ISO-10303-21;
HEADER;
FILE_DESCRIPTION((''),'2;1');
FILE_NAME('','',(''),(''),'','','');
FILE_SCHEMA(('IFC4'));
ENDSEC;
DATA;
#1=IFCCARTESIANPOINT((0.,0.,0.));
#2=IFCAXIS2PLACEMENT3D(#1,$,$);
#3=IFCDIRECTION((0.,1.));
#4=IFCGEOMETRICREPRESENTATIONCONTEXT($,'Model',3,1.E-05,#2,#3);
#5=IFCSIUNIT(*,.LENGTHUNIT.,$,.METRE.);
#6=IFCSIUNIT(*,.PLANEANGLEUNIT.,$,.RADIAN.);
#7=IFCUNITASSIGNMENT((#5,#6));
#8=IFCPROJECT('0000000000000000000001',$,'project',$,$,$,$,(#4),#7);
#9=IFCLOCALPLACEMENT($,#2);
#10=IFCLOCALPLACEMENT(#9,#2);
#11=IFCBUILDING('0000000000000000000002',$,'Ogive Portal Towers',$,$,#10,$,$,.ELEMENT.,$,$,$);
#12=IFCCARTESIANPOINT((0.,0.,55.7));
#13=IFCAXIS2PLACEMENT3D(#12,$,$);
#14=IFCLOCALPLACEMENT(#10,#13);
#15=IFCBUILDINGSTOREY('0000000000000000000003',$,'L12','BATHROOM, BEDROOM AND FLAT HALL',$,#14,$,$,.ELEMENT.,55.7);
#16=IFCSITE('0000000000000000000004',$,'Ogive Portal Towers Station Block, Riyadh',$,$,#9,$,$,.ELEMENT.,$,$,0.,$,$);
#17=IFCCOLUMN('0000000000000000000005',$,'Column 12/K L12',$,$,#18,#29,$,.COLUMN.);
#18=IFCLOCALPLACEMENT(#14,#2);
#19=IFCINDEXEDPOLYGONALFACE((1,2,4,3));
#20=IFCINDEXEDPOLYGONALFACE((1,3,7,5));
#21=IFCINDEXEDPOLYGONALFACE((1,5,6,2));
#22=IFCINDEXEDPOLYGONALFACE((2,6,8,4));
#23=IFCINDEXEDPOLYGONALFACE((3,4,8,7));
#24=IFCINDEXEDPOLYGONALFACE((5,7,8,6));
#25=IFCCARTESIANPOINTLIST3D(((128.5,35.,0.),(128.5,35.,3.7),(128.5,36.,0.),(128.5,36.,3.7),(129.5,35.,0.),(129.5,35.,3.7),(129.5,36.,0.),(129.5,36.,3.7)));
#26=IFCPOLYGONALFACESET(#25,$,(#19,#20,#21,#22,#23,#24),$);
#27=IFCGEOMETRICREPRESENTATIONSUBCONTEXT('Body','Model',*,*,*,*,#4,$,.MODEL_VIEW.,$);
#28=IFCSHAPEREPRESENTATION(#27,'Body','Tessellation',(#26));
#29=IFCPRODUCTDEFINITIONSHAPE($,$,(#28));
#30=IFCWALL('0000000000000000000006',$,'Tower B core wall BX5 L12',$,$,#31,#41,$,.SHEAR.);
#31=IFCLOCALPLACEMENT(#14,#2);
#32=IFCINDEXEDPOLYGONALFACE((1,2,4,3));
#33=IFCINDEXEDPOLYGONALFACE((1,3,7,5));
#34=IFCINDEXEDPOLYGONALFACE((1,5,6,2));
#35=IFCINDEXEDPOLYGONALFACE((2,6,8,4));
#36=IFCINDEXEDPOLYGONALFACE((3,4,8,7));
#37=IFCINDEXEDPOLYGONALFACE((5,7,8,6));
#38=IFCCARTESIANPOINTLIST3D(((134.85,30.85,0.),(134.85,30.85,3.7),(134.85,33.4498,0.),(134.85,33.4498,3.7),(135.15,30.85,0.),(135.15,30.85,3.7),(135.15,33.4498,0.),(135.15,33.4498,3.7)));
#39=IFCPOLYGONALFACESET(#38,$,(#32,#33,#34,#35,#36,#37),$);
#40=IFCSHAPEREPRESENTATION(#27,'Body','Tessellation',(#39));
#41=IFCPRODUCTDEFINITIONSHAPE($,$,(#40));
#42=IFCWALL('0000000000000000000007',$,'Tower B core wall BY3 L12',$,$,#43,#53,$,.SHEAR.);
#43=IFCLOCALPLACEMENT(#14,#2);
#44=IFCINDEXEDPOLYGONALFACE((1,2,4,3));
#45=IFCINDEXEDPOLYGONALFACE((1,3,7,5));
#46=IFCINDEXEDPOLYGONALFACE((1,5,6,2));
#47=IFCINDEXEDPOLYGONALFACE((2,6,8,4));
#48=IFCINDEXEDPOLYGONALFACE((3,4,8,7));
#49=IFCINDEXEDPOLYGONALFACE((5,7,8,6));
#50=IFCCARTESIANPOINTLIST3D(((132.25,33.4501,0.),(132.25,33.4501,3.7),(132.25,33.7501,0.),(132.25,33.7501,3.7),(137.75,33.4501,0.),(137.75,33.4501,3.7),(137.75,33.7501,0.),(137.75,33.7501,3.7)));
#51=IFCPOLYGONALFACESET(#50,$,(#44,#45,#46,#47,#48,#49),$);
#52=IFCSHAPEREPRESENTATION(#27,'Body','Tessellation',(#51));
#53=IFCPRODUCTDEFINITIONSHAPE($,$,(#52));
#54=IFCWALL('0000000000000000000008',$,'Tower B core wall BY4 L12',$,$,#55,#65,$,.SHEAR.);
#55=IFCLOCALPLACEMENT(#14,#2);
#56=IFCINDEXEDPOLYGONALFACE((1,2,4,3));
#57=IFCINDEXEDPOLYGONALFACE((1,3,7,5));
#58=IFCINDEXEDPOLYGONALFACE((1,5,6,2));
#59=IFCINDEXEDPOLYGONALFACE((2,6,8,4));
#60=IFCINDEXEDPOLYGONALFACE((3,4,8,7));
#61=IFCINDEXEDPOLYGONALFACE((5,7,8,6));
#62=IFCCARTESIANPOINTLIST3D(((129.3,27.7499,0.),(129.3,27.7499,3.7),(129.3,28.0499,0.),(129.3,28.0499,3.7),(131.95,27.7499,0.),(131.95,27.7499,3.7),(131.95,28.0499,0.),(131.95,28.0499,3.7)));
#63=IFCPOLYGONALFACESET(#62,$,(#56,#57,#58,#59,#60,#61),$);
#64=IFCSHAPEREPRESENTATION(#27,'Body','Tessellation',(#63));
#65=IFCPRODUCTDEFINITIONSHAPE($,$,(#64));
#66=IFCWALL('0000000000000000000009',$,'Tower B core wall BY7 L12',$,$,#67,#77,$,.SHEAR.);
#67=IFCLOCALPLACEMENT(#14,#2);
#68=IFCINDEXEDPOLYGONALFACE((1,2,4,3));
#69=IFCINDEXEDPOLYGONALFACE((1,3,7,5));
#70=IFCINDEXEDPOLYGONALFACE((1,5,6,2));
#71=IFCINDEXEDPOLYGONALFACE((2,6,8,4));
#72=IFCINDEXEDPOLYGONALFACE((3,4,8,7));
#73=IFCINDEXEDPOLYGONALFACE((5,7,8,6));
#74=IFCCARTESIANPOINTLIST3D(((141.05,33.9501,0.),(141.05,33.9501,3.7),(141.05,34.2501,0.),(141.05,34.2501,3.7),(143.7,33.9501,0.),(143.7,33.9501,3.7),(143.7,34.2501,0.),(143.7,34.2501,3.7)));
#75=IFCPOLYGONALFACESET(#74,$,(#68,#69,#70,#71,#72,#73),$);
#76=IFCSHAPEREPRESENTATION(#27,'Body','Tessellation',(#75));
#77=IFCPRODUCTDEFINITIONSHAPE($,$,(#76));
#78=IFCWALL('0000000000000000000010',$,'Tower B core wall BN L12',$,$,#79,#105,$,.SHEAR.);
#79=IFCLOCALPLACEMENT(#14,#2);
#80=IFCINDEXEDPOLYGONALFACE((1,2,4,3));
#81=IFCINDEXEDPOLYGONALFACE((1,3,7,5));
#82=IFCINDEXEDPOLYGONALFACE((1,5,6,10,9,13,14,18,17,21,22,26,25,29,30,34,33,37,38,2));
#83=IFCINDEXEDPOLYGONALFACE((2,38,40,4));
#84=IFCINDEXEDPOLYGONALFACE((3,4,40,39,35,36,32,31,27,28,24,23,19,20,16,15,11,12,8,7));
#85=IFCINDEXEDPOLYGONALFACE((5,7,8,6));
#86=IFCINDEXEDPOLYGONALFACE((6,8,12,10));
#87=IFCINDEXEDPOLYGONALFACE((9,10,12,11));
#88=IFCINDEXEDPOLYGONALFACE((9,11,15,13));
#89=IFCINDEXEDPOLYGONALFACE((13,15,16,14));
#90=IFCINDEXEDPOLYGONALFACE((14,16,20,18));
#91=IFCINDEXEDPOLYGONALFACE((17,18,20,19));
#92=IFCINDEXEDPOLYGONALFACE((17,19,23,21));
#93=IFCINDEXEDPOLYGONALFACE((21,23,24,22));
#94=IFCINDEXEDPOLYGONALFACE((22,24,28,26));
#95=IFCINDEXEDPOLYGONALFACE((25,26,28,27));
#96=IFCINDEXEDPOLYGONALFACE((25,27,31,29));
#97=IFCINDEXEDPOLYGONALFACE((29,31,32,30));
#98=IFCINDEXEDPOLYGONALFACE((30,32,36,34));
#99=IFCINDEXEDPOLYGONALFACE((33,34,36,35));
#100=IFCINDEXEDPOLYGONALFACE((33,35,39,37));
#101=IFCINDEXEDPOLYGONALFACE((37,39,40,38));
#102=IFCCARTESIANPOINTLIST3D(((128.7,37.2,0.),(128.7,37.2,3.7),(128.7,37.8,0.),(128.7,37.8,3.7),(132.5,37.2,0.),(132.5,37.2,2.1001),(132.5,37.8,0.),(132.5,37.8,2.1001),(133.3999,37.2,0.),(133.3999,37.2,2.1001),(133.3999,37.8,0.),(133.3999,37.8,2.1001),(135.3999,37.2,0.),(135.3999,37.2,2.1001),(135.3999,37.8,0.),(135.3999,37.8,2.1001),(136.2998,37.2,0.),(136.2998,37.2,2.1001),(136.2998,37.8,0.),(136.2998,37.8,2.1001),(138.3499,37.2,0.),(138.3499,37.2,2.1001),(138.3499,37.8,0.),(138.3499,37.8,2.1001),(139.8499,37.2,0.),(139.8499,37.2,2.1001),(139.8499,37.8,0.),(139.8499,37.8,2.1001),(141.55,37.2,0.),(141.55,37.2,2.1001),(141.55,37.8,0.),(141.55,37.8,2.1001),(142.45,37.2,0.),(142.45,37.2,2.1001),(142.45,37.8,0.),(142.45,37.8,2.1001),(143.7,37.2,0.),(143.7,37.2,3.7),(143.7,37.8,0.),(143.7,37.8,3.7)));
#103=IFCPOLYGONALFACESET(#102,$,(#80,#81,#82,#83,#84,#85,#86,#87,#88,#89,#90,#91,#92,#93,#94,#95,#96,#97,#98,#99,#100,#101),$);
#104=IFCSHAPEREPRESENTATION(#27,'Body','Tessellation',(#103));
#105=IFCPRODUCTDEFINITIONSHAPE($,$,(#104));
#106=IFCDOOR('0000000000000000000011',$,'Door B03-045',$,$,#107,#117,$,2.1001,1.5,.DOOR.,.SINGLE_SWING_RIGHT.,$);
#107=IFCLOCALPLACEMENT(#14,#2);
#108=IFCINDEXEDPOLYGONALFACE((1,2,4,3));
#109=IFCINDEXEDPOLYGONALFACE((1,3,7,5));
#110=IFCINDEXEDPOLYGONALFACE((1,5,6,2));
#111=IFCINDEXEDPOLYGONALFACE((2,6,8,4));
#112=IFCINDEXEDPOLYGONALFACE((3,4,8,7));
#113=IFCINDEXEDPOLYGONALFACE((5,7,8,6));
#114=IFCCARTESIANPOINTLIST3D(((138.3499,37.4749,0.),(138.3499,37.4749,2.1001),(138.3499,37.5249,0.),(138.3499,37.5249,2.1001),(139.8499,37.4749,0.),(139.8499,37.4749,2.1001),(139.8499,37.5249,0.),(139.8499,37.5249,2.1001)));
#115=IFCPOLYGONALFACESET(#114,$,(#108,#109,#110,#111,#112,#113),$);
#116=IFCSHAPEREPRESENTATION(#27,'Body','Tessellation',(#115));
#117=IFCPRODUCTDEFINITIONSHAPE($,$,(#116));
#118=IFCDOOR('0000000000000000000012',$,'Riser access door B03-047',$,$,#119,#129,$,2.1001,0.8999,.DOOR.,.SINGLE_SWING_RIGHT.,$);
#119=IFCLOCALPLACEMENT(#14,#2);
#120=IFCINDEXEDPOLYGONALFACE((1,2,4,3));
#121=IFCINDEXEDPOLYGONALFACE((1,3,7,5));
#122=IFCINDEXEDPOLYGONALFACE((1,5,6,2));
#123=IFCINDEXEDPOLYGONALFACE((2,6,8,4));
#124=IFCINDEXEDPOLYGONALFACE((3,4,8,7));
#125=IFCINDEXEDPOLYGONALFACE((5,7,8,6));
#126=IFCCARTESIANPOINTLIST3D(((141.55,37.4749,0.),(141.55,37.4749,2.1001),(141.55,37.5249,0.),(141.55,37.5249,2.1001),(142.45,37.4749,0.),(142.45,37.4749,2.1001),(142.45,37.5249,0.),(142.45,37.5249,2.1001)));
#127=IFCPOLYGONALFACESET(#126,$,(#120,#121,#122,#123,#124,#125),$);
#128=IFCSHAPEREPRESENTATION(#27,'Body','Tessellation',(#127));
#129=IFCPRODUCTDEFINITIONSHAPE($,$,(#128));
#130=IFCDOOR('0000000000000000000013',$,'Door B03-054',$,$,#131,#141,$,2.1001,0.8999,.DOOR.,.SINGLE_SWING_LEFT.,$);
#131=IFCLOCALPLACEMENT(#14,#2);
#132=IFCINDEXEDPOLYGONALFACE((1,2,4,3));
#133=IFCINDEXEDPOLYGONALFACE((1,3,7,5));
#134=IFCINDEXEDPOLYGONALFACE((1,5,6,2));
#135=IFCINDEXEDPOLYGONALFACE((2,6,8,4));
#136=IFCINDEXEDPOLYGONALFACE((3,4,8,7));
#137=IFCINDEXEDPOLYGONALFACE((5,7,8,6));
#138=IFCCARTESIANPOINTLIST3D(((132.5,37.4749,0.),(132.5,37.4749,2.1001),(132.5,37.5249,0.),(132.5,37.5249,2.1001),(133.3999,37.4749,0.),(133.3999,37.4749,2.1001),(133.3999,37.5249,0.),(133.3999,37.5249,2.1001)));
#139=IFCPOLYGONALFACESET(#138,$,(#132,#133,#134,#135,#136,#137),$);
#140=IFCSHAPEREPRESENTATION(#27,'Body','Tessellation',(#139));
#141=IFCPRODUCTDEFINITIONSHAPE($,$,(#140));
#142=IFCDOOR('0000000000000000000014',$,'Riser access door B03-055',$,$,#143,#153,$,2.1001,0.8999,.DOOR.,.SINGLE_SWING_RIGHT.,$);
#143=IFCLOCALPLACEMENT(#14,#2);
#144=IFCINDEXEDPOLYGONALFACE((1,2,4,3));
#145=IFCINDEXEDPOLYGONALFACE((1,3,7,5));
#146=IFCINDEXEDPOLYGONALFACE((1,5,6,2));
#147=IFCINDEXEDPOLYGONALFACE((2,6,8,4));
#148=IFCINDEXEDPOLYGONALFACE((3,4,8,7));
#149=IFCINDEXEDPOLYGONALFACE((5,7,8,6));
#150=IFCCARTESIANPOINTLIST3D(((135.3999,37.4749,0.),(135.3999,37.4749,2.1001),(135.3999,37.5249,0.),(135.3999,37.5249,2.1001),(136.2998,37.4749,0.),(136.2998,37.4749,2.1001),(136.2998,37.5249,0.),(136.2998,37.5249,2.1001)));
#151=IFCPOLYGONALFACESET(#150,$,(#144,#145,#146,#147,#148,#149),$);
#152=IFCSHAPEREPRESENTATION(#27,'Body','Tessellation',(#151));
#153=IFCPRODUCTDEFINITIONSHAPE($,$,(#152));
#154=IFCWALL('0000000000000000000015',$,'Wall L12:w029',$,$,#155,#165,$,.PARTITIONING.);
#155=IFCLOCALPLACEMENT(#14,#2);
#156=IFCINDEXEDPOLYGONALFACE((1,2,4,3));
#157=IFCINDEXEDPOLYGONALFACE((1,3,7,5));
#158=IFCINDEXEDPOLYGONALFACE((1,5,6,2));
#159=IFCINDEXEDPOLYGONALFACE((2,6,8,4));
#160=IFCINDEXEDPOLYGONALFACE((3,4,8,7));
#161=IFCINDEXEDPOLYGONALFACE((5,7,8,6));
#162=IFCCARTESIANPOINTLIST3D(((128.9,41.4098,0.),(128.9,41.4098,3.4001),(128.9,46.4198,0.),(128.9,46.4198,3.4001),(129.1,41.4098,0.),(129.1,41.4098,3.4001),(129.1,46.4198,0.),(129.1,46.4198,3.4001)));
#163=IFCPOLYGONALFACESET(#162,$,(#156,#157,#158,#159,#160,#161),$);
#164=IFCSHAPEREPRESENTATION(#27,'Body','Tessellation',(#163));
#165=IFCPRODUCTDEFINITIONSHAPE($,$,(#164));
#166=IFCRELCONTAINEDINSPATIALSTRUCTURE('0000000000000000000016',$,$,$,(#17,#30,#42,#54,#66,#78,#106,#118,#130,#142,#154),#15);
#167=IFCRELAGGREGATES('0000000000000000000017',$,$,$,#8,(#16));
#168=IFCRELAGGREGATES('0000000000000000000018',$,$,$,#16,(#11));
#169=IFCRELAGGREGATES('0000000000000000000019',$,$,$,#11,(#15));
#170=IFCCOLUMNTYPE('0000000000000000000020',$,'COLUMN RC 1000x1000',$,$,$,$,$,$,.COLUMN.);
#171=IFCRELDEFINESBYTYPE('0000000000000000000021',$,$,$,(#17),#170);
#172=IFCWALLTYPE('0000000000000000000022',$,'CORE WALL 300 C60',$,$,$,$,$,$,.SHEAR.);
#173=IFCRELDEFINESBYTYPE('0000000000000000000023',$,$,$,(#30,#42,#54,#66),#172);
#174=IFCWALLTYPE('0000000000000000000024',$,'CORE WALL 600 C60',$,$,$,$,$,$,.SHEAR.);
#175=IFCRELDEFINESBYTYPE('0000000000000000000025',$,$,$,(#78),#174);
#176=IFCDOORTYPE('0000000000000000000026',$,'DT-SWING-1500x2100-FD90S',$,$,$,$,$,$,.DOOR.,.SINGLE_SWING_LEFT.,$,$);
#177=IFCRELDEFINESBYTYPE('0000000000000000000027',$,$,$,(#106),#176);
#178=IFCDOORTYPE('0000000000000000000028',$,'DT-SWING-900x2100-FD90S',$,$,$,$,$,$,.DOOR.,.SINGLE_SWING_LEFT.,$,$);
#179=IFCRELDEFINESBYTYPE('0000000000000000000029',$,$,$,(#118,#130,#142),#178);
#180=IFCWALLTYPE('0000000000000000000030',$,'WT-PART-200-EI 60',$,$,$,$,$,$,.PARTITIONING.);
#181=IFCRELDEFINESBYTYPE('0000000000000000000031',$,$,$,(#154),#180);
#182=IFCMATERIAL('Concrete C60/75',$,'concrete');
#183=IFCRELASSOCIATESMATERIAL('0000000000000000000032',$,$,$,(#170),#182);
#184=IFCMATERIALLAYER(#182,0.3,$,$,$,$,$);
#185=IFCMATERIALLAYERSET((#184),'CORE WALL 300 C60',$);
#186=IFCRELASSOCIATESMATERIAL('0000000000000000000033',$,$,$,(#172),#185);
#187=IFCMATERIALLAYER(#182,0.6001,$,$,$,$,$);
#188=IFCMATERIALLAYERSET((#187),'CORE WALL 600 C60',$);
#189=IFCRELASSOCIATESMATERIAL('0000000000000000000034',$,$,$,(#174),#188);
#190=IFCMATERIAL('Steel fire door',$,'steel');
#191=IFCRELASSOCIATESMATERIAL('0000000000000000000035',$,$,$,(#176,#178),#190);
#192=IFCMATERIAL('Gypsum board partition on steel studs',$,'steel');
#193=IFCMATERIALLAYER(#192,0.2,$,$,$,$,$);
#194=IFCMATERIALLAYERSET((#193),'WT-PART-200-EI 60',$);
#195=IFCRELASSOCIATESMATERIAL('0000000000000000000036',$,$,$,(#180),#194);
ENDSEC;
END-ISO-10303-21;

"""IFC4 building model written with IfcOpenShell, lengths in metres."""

from ifc_helpers import new_model, si_unit, direction, frame, frame_2d, origin, origin_2d, place, context, subcontext, project, spatial, rectangle, extrude, material, layer, layer_set, material_profile, profile_set, type_object, element, fill, save


model = new_model("IFC4")

# Units and contexts
model_context = context("Model", 3, precision=1e-05, world=origin(), true_north=direction((0.0, 1.0)))
body_context = subcontext(model_context, "Body", "Model", "MODEL_VIEW")
ifc_project = project(units=[si_unit("LENGTHUNIT", "METRE"), si_unit("PLANEANGLEUNIT", "RADIAN")], contexts=[model_context])

# Site, building, storey
site_placement = place(None, origin())
site = spatial("IfcSite", under=ifc_project, at=site_placement, Name="Ogive Portal Towers Station Block, Riyadh", CompositionType="ELEMENT", RefElevation=0.0)
building_placement = place(site_placement, origin())
building = spatial("IfcBuilding", under=site, at=building_placement, Name="Ogive Portal Towers", CompositionType="ELEMENT")
storey_placement = place(building_placement, frame((0.0, 0.0, 55.7)))
storey = spatial("IfcBuildingStorey", under=building, at=storey_placement, Name="L12", Description="BATHROOM, BEDROOM AND FLAT HALL", CompositionType="ELEMENT", Elevation=55.7)

# Column
ifc_material_1 = material(Name="Concrete C60/75", Category="concrete")
ifc_material_profile = material_profile(ifc_material_1, rectangle(XDim=1.0, YDim=1.0, at=origin_2d()), Name="RC 1000x1000")
ifc_profile_set = profile_set([ifc_material_profile], Name="Concrete C60/75")
column_type = type_object("IfcColumnType", Name="COLUMN RC 1000x1000", PredefinedType="COLUMN", material=ifc_profile_set)
column_placement = place(storey_placement, frame((129.0, 35.5, 0.0), z_axis=(0.0, 0.0, 1.0), x_axis=(1.0, 0.0, 0.0)))
element("IfcColumn", 1, at=column_placement, inside=storey, type_object=column_type, Name="Column 12/K L12", PredefinedType="COLUMN", context=body_context, shape_type="SweptSolid", body=[
    extrude(rectangle(XDim=1.0, YDim=1.0, at=origin_2d()), origin(), (0.0, 0.0, 1.0), 3.7),
])

# Wall
ifc_layer_1 = layer(ifc_material_1, 0.3)
ifc_layer_set_1 = layer_set([ifc_layer_1], Name="CORE WALL 300 C60")
wall_type_1 = type_object("IfcWallType", Name="CORE WALL 300 C60", PredefinedType="SHEAR", material=ifc_layer_set_1)
wall_1_placement = place(storey_placement, frame((135.0, 30.8501, 0.0), z_axis=(0.0, 0.0, 1.0), x_axis=(0.0, 1.0, 0.0)))
element("IfcWall", 2, at=wall_1_placement, inside=storey, type_object=wall_type_1, Name="Tower B core wall BX5 L12", PredefinedType="SHEAR", context=body_context, shape_type="SweptSolid", body=[
    extrude(rectangle(XDim=2.5999, YDim=0.3, at=frame_2d((1.2998, 0.0))), origin(), (0.0, 0.0, 1.0), 3.7),
])

# Walls
wall_2_placement = place(storey_placement, frame((132.25, 33.6001, 0.0), z_axis=(0.0, 0.0, 1.0), x_axis=(1.0, 0.0, 0.0)))
element("IfcWall", 3, at=wall_2_placement, inside=storey, type_object=wall_type_1, Name="Tower B core wall BY3 L12", PredefinedType="SHEAR", context=body_context, shape_type="SweptSolid", body=[
    extrude(rectangle(XDim=5.5, YDim=0.3, at=frame_2d((2.75, 0.0))), origin(), (0.0, 0.0, 1.0), 3.7),
])
wall_3_placement = place(storey_placement, frame((129.3, 27.8999, 0.0), z_axis=(0.0, 0.0, 1.0), x_axis=(1.0, 0.0, 0.0)))
element("IfcWall", 4, at=wall_3_placement, inside=storey, type_object=wall_type_1, Name="Tower B core wall BY4 L12", PredefinedType="SHEAR", context=body_context, shape_type="SweptSolid", body=[
    extrude(rectangle(XDim=2.6499, YDim=0.3, at=frame_2d((1.325, 0.0))), origin(), (0.0, 0.0, 1.0), 3.7),
])

# Wall
wall_4_placement = place(storey_placement, frame((141.05, 34.1001, 0.0), z_axis=(0.0, 0.0, 1.0), x_axis=(1.0, 0.0, 0.0)))
element("IfcWall", 5, at=wall_4_placement, inside=storey, type_object=wall_type_1, Name="Tower B core wall BY7 L12", PredefinedType="SHEAR", context=body_context, shape_type="SweptSolid", body=[
    extrude(rectangle(XDim=2.6499, YDim=0.3, at=frame_2d((1.325, 0.0))), origin(), (0.0, 0.0, 1.0), 3.7),
])

# Wall, openings, doors
ifc_layer_2 = layer(ifc_material_1, 0.6001)
ifc_layer_set_2 = layer_set([ifc_layer_2], Name="CORE WALL 600 C60")
wall_type_2 = type_object("IfcWallType", Name="CORE WALL 600 C60", PredefinedType="SHEAR", material=ifc_layer_set_2)
wall_5_placement = place(storey_placement, frame((128.7, 37.5, 0.0), z_axis=(0.0, 0.0, 1.0), x_axis=(1.0, 0.0, 0.0)))
wall_5 = element("IfcWall", 6, at=wall_5_placement, inside=storey, type_object=wall_type_2, Name="Tower B core wall BN L12", PredefinedType="SHEAR", context=body_context, shape_type="SweptSolid", body=[
    extrude(rectangle(XDim=15.0, YDim=0.6001, at=frame_2d((7.5, 0.0))), origin(), (0.0, 0.0, 1.0), 3.7),
])
opening_1_placement = place(wall_5_placement, frame((9.6499, 0.0, 0.0)))
opening_1 = element("IfcOpeningElement", 7, at=opening_1_placement, cuts=wall_5, PredefinedType="OPENING", context=body_context, shape_type="SweptSolid", body=[
    extrude(rectangle(XDim=1.5, YDim=2.1001, at=frame_2d((0.75, 1.05))), frame((0.0, 0.3101, 0.0), z_axis=(0.0, -1.0, 0.0), x_axis=(1.0, 0.0, 0.0)), (0.0, 0.0, 1.0), 0.6201),
])
opening_2_placement = place(wall_5_placement, frame((12.8501, 0.0, 0.0)))
opening_2 = element("IfcOpeningElement", 8, at=opening_2_placement, cuts=wall_5, PredefinedType="OPENING", context=body_context, shape_type="SweptSolid", body=[
    extrude(rectangle(XDim=0.8999, YDim=2.1001, at=frame_2d((0.45, 1.05))), frame((0.0, 0.3101, 0.0), z_axis=(0.0, -1.0, 0.0), x_axis=(1.0, 0.0, 0.0)), (0.0, 0.0, 1.0), 0.6201),
])
opening_3_placement = place(wall_5_placement, frame((3.8, 0.0, 0.0)))
opening_3 = element("IfcOpeningElement", 9, at=opening_3_placement, cuts=wall_5, PredefinedType="OPENING", context=body_context, shape_type="SweptSolid", body=[
    extrude(rectangle(XDim=0.8999, YDim=2.1001, at=frame_2d((0.45, 1.05))), frame((0.0, 0.3101, 0.0), z_axis=(0.0, -1.0, 0.0), x_axis=(1.0, 0.0, 0.0)), (0.0, 0.0, 1.0), 0.6201),
])
opening_4_placement = place(wall_5_placement, frame((6.7, 0.0, 0.0)))
opening_4 = element("IfcOpeningElement", 10, at=opening_4_placement, cuts=wall_5, PredefinedType="OPENING", context=body_context, shape_type="SweptSolid", body=[
    extrude(rectangle(XDim=0.8999, YDim=2.1001, at=frame_2d((0.45, 1.05))), frame((0.0, 0.3101, 0.0), z_axis=(0.0, -1.0, 0.0), x_axis=(1.0, 0.0, 0.0)), (0.0, 0.0, 1.0), 0.6201),
])
ifc_material_2 = material(Name="Steel fire door", Category="steel")
door_type_1 = type_object("IfcDoorType", Name="DT-SWING-1500x2100-FD90S", OperationType="SINGLE_SWING_LEFT", PredefinedType="DOOR", material=ifc_material_2)
door_1_placement = place(opening_1_placement, origin())
door_1 = element("IfcDoor", 11, at=door_1_placement, inside=storey, type_object=door_type_1, Name="Door B03-045", OperationType="SINGLE_SWING_RIGHT", OverallHeight=2.1001, OverallWidth=1.5, PredefinedType="DOOR", context=body_context, shape_type="SweptSolid", body=[
    extrude(rectangle(XDim=1.5, YDim=2.1001, at=frame_2d((0.75, 1.05))), frame((0.0, 0.0249, 0.0), z_axis=(0.0, -1.0, 0.0), x_axis=(1.0, 0.0, 0.0)), (0.0, 0.0, 1.0), 0.05),
])
fill(opening_1, door_1)
door_type_2 = type_object("IfcDoorType", Name="DT-SWING-900x2100-FD90S", OperationType="SINGLE_SWING_LEFT", PredefinedType="DOOR", material=ifc_material_2)
door_2_placement = place(opening_2_placement, origin())
door_2 = element("IfcDoor", 12, at=door_2_placement, inside=storey, type_object=door_type_2, Name="Riser access door B03-047", OperationType="SINGLE_SWING_RIGHT", OverallHeight=2.1001, OverallWidth=0.8999, PredefinedType="DOOR", context=body_context, shape_type="SweptSolid", body=[
    extrude(rectangle(XDim=0.8999, YDim=2.1001, at=frame_2d((0.45, 1.05))), frame((0.0, 0.0249, 0.0), z_axis=(0.0, -1.0, 0.0), x_axis=(1.0, 0.0, 0.0)), (0.0, 0.0, 1.0), 0.05),
])
fill(opening_2, door_2)
door_3_placement = place(opening_3_placement, origin())
door_3 = element("IfcDoor", 13, at=door_3_placement, inside=storey, type_object=door_type_2, Name="Door B03-054", OperationType="SINGLE_SWING_LEFT", OverallHeight=2.1001, OverallWidth=0.8999, PredefinedType="DOOR", context=body_context, shape_type="SweptSolid", body=[
    extrude(rectangle(XDim=0.8999, YDim=2.1001, at=frame_2d((0.45, 1.05))), frame((0.0, 0.0249, 0.0), z_axis=(0.0, -1.0, 0.0), x_axis=(1.0, 0.0, 0.0)), (0.0, 0.0, 1.0), 0.05),
])
fill(opening_3, door_3)
door_4_placement = place(opening_4_placement, origin())
door_4 = element("IfcDoor", 14, at=door_4_placement, inside=storey, type_object=door_type_2, Name="Riser access door B03-055", OperationType="SINGLE_SWING_RIGHT", OverallHeight=2.1001, OverallWidth=0.8999, PredefinedType="DOOR", context=body_context, shape_type="SweptSolid", body=[
    extrude(rectangle(XDim=0.8999, YDim=2.1001, at=frame_2d((0.45, 1.05))), frame((0.0, 0.0249, 0.0), z_axis=(0.0, -1.0, 0.0), x_axis=(1.0, 0.0, 0.0)), (0.0, 0.0, 1.0), 0.05),
])
fill(opening_4, door_4)

# Wall
ifc_material_3 = material(Name="Gypsum board partition on steel studs", Category="steel")
ifc_layer_3 = layer(ifc_material_3, 0.2)
ifc_layer_set_3 = layer_set([ifc_layer_3], Name="WT-PART-200-EI 60")
wall_type_3 = type_object("IfcWallType", Name="WT-PART-200-EI 60", PredefinedType="PARTITIONING", material=ifc_layer_set_3)
wall_6_placement = place(storey_placement, frame((129.0, 41.4099, 0.0), z_axis=(0.0, 0.0, 1.0), x_axis=(0.0, 1.0, 0.0)))
element("IfcWall", 15, at=wall_6_placement, inside=storey, type_object=wall_type_3, Name="Wall L12:w029", PredefinedType="PARTITIONING", context=body_context, shape_type="SweptSolid", body=[
    extrude(rectangle(XDim=5.01, YDim=0.2, at=frame_2d((2.5049, 0.0))), origin(), (0.0, 0.0, 1.0), 3.4001),
])

save(model, "model.ifc")
